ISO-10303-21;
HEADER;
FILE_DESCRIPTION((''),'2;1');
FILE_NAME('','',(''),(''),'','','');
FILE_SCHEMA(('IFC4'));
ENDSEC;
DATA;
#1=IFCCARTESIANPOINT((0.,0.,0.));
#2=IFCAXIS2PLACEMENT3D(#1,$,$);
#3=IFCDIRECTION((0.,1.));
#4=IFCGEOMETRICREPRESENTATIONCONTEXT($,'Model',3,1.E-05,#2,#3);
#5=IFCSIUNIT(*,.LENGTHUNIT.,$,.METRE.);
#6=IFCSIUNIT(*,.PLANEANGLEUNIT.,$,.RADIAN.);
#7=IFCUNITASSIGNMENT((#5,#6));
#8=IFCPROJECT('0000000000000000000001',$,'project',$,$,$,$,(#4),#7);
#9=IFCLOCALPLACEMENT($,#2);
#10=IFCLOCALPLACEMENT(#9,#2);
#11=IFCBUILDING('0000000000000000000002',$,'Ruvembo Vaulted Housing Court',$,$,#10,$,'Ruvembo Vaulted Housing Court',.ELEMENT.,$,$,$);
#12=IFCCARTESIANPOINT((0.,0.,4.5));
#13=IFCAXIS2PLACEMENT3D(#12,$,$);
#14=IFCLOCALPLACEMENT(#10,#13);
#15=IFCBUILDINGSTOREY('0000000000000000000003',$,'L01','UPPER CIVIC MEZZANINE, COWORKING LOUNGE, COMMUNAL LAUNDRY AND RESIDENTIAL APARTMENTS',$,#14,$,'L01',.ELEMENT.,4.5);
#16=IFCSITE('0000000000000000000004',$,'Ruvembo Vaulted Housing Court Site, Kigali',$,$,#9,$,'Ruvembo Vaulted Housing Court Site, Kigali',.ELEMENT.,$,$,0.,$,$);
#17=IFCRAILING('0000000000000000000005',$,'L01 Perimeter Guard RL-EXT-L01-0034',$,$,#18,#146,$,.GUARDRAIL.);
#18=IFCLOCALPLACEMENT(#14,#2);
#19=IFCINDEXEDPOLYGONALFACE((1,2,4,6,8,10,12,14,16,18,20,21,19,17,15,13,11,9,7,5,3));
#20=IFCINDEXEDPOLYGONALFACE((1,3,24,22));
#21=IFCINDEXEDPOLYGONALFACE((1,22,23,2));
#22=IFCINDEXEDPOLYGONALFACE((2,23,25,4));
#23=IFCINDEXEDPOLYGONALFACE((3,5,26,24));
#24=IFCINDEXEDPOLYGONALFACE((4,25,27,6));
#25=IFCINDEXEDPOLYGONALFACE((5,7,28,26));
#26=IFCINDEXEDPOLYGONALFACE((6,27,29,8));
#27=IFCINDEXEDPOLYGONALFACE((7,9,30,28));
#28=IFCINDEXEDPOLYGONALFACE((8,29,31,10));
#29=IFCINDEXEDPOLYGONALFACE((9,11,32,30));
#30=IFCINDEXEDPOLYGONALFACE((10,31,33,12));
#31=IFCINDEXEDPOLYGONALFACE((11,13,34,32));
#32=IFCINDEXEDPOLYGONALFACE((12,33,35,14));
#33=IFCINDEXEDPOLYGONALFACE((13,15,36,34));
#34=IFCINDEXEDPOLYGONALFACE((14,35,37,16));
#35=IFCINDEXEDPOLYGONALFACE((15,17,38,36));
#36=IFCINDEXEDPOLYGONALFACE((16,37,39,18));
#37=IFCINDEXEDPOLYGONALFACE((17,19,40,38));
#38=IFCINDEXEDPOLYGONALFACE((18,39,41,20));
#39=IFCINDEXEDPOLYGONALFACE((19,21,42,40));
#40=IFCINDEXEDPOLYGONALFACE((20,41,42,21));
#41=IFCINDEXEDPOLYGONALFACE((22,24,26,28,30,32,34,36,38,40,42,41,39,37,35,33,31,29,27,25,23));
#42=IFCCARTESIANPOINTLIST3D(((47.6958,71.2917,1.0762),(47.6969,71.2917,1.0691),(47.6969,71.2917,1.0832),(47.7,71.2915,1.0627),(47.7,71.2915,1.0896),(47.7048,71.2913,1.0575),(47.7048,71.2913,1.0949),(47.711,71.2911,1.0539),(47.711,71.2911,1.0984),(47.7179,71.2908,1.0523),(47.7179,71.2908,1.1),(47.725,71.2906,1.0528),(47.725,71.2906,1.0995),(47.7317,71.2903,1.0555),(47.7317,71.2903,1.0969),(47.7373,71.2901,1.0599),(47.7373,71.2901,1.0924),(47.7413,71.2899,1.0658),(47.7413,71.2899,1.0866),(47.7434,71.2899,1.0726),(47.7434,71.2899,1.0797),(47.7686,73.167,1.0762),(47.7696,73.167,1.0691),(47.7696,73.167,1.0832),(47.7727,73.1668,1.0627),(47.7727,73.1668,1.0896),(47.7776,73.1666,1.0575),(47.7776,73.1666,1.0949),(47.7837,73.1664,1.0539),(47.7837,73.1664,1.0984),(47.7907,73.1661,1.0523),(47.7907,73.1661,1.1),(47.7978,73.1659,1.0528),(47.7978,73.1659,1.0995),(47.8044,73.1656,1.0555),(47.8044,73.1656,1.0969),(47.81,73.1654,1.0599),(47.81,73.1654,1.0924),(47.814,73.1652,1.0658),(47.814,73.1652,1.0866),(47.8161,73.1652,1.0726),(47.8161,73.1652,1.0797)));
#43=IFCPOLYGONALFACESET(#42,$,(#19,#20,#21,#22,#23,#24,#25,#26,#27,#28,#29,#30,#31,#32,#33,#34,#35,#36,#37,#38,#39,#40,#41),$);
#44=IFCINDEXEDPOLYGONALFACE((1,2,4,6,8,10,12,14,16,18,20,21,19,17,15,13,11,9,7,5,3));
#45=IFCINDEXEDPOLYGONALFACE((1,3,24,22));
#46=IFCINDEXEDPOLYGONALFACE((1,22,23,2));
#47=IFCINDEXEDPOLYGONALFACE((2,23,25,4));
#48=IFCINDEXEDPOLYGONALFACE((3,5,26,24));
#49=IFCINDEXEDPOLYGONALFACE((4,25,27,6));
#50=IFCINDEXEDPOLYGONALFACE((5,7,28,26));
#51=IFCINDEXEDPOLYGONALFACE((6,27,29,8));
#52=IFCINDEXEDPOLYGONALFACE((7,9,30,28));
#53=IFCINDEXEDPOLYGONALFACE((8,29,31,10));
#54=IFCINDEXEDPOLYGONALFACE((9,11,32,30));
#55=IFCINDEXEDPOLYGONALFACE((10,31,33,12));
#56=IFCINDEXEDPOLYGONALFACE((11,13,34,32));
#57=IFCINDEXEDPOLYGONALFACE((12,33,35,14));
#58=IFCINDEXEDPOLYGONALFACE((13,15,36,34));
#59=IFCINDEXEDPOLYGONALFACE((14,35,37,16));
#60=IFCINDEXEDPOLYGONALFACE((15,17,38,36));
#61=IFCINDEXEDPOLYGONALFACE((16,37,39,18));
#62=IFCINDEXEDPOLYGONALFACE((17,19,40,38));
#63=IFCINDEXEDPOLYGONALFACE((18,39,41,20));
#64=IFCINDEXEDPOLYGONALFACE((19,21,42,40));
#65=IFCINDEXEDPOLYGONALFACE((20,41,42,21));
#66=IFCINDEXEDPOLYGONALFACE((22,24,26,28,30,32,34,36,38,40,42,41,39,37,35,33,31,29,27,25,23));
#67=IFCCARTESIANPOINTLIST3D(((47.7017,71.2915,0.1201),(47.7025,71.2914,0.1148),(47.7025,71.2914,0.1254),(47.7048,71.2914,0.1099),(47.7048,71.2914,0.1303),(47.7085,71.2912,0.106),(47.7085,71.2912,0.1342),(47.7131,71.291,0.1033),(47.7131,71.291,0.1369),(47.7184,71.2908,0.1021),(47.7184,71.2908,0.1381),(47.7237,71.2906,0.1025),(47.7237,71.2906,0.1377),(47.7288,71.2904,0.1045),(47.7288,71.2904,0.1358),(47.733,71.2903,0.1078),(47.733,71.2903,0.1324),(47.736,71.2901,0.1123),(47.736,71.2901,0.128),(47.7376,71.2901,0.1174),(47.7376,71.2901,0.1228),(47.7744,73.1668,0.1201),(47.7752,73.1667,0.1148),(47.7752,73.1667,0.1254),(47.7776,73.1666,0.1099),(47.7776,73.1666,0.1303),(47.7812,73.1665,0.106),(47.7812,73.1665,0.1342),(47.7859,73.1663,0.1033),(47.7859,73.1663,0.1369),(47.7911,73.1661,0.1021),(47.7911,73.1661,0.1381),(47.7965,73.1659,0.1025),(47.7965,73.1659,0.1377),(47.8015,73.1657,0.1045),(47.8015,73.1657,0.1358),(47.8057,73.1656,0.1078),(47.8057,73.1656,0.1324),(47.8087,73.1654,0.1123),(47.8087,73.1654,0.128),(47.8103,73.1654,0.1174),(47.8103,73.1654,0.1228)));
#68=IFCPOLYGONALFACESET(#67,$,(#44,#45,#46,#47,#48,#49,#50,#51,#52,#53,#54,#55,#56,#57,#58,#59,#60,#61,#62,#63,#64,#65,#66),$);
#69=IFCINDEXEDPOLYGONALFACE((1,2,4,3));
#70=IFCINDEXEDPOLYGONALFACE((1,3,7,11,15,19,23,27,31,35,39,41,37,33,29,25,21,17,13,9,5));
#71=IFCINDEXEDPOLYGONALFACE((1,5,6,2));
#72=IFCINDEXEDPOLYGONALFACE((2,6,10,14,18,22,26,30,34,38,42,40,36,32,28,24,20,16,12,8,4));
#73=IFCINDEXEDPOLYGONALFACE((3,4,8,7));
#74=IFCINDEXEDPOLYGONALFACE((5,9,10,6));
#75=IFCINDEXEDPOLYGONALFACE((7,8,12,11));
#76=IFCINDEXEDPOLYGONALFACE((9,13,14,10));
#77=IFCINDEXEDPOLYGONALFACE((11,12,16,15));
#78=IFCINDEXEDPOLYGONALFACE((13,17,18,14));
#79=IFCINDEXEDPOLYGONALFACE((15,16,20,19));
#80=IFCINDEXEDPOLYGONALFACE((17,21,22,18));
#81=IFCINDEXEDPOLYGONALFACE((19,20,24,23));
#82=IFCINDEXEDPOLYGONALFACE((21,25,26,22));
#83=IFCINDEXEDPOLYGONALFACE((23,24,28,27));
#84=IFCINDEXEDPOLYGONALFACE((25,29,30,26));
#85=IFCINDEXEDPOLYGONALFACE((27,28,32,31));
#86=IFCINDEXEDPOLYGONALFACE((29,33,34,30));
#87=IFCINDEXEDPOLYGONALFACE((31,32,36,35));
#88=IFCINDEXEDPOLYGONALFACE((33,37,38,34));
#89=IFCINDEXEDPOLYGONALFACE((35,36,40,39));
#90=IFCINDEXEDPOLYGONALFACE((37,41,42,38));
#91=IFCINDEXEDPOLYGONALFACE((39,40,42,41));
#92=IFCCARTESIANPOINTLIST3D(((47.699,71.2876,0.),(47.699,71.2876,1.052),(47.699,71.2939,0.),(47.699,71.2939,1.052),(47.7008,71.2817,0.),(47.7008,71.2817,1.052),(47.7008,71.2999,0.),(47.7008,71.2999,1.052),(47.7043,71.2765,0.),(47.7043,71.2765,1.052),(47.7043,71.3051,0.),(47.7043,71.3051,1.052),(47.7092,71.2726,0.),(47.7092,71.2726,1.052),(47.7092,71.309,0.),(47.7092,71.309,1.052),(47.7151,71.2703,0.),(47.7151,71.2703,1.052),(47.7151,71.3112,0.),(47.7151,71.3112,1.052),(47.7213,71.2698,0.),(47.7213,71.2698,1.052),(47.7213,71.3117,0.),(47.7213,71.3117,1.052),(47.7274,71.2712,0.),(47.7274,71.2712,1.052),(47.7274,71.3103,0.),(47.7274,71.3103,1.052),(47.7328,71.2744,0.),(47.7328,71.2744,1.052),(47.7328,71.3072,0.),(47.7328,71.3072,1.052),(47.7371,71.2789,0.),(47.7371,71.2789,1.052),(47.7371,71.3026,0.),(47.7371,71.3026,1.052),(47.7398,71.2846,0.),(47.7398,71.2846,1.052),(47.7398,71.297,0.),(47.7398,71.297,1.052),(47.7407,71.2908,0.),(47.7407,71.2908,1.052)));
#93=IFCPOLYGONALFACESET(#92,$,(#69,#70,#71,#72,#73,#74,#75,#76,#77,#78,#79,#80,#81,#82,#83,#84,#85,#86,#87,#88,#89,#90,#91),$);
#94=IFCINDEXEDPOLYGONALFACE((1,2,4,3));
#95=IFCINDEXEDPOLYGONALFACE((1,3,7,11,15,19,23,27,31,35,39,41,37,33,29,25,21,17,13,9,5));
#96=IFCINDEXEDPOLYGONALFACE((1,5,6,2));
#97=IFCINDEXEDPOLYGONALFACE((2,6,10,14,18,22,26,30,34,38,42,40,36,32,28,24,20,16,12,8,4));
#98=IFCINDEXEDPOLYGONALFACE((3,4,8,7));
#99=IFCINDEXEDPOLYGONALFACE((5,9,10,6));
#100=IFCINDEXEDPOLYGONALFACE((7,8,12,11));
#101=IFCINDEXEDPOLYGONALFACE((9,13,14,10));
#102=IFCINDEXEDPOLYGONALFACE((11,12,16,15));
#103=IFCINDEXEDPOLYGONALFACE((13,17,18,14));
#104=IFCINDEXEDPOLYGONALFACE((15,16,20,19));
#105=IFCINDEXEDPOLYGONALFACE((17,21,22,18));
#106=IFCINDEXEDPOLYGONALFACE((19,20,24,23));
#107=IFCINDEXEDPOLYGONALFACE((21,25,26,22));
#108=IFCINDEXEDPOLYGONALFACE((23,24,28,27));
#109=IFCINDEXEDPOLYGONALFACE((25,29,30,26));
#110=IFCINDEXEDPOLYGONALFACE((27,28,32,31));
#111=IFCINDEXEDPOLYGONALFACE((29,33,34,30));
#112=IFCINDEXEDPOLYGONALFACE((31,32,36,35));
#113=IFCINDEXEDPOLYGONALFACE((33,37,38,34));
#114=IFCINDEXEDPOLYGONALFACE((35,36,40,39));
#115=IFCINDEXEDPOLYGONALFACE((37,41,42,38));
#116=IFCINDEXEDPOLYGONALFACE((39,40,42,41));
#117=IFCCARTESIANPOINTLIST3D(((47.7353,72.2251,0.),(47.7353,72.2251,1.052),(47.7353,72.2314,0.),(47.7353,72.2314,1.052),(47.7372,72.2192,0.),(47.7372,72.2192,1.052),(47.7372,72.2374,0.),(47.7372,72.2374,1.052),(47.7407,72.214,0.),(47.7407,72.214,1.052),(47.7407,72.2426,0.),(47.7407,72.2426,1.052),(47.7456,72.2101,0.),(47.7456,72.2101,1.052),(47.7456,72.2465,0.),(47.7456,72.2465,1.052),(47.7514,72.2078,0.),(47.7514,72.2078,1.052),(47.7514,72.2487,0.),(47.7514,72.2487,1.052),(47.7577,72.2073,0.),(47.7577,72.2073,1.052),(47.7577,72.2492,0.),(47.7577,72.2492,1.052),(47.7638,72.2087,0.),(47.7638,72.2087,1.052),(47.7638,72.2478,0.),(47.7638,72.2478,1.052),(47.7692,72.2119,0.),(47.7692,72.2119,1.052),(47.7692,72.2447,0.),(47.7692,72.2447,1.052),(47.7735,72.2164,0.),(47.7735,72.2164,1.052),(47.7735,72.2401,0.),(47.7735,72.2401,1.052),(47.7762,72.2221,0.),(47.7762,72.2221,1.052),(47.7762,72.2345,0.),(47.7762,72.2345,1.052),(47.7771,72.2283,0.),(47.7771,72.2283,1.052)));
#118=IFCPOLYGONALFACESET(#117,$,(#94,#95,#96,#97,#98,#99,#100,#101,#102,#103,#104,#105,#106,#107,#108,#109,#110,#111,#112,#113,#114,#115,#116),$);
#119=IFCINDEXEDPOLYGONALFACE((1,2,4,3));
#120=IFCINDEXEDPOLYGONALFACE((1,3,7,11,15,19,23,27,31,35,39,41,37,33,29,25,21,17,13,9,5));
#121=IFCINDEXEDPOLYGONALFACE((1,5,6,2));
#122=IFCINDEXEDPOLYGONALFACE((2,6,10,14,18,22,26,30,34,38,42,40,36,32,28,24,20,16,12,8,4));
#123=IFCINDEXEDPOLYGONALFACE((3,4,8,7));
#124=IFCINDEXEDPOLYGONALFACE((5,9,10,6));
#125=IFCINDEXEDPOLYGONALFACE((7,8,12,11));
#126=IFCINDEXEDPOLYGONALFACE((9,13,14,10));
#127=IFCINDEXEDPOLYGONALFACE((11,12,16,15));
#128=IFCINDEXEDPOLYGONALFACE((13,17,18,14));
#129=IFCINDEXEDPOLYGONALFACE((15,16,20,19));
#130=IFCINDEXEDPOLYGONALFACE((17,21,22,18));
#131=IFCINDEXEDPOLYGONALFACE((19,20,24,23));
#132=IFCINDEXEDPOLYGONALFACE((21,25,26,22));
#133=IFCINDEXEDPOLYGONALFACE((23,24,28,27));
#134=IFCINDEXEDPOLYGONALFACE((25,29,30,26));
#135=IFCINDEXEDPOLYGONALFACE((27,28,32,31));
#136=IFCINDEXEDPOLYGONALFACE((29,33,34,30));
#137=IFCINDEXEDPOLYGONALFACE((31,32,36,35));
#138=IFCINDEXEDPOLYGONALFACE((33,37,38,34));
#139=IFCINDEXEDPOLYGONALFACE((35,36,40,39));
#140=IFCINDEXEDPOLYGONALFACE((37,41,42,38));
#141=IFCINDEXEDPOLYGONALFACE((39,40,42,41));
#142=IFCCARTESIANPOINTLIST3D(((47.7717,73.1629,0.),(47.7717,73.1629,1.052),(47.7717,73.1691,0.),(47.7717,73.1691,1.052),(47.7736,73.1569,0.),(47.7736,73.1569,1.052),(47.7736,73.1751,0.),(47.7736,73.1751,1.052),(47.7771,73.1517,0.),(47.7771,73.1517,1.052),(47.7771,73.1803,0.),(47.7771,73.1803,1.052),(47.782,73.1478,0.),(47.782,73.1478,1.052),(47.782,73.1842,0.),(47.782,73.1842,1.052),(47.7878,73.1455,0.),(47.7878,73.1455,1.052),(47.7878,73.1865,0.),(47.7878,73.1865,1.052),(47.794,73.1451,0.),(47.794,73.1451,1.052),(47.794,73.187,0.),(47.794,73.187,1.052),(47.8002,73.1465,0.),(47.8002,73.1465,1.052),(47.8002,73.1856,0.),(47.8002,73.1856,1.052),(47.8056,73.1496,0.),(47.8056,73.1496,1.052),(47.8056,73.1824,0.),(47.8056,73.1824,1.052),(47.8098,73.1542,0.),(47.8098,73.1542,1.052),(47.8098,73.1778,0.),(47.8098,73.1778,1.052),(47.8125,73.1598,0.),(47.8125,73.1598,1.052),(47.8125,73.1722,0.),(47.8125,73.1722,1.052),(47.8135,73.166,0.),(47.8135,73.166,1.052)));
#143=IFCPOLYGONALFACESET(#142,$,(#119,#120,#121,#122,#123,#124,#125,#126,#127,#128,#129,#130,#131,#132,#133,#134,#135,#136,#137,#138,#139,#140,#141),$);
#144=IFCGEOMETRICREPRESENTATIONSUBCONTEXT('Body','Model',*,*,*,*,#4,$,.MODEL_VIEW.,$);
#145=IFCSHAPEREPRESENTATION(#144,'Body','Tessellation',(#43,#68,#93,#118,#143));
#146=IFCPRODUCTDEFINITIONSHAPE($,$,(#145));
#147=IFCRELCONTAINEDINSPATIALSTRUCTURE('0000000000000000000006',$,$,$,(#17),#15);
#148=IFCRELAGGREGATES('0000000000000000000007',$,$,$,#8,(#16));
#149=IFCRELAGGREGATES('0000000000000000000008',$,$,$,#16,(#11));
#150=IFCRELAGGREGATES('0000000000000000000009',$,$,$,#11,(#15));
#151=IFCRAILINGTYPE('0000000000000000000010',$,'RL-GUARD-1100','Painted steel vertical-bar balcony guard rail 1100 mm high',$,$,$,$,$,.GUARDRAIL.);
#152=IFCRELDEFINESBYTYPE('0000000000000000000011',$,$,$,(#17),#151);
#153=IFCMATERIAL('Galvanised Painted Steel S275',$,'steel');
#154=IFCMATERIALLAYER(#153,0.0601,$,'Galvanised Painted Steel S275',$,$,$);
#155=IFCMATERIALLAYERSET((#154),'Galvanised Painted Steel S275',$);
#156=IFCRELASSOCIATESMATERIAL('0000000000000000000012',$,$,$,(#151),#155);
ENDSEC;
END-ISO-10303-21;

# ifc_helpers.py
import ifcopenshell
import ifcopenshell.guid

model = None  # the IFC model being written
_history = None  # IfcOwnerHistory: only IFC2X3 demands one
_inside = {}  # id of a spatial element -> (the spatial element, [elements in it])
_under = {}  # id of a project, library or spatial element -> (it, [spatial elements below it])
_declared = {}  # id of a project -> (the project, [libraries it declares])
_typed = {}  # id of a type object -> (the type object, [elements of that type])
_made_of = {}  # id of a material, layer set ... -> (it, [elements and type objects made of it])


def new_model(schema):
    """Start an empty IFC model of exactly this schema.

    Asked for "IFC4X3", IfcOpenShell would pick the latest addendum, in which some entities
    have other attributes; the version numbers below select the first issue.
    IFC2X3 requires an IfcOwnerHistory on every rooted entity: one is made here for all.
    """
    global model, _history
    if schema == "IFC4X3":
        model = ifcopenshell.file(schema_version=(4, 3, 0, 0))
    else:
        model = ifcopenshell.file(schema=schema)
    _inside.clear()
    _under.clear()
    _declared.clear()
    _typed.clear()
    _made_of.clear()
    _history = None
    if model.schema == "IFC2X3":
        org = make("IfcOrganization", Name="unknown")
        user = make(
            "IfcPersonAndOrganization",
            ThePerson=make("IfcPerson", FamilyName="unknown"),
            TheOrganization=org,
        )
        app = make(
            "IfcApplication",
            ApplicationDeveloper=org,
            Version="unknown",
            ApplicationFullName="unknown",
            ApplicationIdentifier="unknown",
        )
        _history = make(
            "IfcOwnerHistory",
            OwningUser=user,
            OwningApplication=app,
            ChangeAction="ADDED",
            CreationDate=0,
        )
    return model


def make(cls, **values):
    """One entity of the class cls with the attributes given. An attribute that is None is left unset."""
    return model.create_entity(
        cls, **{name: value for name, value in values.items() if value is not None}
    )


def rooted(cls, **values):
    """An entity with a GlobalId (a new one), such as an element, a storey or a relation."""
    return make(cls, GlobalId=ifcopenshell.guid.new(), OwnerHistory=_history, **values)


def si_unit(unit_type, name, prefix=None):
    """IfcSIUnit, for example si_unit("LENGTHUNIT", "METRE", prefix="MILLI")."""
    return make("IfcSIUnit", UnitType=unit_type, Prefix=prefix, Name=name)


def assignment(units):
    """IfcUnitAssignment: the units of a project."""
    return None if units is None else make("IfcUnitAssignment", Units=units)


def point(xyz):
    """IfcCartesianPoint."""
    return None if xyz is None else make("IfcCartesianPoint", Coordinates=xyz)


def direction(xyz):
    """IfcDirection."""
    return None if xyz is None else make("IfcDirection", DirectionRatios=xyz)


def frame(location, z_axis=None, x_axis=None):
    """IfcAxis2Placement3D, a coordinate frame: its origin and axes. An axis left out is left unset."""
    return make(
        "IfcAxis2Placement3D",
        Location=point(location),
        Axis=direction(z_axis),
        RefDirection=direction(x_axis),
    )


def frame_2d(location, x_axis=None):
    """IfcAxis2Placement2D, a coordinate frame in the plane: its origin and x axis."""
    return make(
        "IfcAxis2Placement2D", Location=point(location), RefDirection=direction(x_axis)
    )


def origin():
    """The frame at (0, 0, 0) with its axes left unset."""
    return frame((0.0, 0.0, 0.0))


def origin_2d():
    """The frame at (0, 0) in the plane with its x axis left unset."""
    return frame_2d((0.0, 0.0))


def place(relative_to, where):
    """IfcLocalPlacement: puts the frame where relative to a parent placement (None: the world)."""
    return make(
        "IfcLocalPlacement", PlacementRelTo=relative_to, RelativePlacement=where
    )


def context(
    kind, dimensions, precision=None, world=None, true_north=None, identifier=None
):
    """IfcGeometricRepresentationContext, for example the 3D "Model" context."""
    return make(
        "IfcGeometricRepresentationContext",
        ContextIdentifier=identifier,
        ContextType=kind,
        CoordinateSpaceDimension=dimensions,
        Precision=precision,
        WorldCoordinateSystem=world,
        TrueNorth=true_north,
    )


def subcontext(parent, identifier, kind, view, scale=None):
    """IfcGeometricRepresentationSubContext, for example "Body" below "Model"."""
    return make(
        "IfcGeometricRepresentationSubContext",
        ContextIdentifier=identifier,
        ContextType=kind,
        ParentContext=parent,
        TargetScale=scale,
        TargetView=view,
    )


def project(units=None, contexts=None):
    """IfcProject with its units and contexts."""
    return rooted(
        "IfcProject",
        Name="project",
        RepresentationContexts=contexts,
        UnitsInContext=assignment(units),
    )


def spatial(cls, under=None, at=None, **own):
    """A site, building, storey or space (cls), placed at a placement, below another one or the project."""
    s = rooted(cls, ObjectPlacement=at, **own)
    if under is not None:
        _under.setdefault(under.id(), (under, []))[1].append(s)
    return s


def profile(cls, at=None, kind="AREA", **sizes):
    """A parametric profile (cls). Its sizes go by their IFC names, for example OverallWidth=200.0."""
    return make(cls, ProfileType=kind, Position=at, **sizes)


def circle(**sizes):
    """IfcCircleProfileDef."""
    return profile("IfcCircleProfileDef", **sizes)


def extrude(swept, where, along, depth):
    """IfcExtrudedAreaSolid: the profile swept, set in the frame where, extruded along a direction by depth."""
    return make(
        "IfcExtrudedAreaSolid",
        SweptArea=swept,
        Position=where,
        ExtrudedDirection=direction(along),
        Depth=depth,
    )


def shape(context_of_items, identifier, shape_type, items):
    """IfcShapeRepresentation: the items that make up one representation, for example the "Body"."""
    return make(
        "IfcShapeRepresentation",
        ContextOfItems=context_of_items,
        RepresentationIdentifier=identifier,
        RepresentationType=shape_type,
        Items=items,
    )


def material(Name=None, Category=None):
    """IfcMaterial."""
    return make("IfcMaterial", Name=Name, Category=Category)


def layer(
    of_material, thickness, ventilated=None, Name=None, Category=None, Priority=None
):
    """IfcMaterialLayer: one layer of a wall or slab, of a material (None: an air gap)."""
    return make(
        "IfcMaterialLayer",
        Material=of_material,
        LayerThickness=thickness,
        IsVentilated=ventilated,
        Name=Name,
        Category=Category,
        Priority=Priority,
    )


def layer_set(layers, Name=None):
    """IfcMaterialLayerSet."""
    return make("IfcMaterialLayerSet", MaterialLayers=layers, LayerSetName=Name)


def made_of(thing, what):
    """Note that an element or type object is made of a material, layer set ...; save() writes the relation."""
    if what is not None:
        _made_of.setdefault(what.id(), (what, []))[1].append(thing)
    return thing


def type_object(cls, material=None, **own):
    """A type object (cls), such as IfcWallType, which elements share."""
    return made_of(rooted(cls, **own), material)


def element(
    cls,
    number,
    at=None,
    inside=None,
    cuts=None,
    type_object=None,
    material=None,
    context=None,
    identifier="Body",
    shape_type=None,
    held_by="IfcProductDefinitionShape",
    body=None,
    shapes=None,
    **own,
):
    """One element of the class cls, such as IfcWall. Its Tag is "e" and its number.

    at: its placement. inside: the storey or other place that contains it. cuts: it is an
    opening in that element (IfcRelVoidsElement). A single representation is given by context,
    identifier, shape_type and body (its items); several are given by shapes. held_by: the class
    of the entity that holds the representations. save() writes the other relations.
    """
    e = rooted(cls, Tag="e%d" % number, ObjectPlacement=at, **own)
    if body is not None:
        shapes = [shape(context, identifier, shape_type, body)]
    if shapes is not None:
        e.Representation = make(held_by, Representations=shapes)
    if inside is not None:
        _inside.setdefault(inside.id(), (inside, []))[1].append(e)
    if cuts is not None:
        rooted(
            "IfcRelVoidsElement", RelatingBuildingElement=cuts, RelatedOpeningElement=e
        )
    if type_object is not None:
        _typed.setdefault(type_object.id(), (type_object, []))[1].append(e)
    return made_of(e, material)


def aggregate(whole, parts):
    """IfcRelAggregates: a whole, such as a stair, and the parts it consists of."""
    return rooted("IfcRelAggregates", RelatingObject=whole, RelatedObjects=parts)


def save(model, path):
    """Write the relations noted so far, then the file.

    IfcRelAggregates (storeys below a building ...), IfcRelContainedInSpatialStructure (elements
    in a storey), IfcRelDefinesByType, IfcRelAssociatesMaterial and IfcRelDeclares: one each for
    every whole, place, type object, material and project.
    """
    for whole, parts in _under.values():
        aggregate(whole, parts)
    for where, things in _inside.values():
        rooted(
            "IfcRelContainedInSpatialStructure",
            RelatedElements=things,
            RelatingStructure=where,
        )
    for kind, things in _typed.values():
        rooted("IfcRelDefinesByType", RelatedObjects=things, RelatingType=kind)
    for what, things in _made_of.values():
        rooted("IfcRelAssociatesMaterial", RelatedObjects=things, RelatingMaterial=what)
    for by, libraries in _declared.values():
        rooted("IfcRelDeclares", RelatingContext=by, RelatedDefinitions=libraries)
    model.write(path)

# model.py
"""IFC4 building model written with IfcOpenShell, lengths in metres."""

from ifc_helpers import new_model, si_unit, direction, frame, origin, origin_2d, place, context, subcontext, project, spatial, circle, extrude, material, layer, layer_set, type_object, element, save


model = new_model("IFC4")

# Units and contexts
model_context = context("Model", 3, precision=1e-05, world=origin(), true_north=direction((0.0, 1.0)))
body_context = subcontext(model_context, "Body", "Model", "MODEL_VIEW")
ifc_project = project(units=[si_unit("LENGTHUNIT", "METRE"), si_unit("PLANEANGLEUNIT", "RADIAN")], contexts=[model_context])

# Site, building, storey
site_placement = place(None, origin())
site = spatial("IfcSite", under=ifc_project, at=site_placement, Name="Ruvembo Vaulted Housing Court Site, Kigali", LongName="Ruvembo Vaulted Housing Court Site, Kigali", CompositionType="ELEMENT", RefElevation=0.0)
building_placement = place(site_placement, origin())
building = spatial("IfcBuilding", under=site, at=building_placement, Name="Ruvembo Vaulted Housing Court", LongName="Ruvembo Vaulted Housing Court", CompositionType="ELEMENT")
storey_placement = place(building_placement, frame((0.0, 0.0, 4.5)))
storey = spatial("IfcBuildingStorey", under=building, at=storey_placement, Name="L01", Description="UPPER CIVIC MEZZANINE, COWORKING LOUNGE, COMMUNAL LAUNDRY AND RESIDENTIAL APARTMENTS", LongName="L01", CompositionType="ELEMENT", Elevation=4.5)

# Railing
ifc_material_1 = material(Name="Galvanised Painted Steel S275", Category="steel")
ifc_layer_1 = layer(ifc_material_1, 0.0601, Name="Galvanised Painted Steel S275")
ifc_layer_set_1 = layer_set([ifc_layer_1], Name="Galvanised Painted Steel S275")
railing_type = type_object("IfcRailingType", Name="RL-GUARD-1100", Description="Painted steel vertical-bar balcony guard rail 1100 mm high", PredefinedType="GUARDRAIL", material=ifc_layer_set_1)
railing_1_placement = place(storey_placement, frame((47.7197, 71.2908, 0.0)))
element("IfcRailing", 1, at=railing_1_placement, inside=storey, type_object=railing_type, Name="L01 Perimeter Guard RL-EXT-L01-0034", PredefinedType="GUARDRAIL", context=body_context, shape_type="SweptSolid", body=[
    extrude(circle(Radius=0.0239, at=origin_2d()), frame((0.0, 0.0, 1.0762), z_axis=(0.038768, 0.999248, 0.0), x_axis=(-0.999248, 0.038768, 0.0)), (0.0, 0.0, 1.0), 1.8767),
    extrude(circle(Radius=0.0181, at=origin_2d()), frame((0.0, 0.0, 0.1201), z_axis=(0.038768, 0.999248, 0.0), x_axis=(-0.999248, 0.038768, 0.0)), (0.0, 0.0, 1.0), 1.8767),
    extrude(circle(Radius=0.021, at=origin_2d()), origin(), (0.0, 0.0, 1.0), 1.052),
    extrude(circle(Radius=0.021, at=origin_2d()), frame((0.0364, 0.9375, 0.0)), (0.0, 0.0, 1.0), 1.052),
    extrude(circle(Radius=0.021, at=origin_2d()), frame((0.0728, 1.8752, 0.0)), (0.0, 0.0, 1.0), 1.052),
])

save(model, "model.ifc")
